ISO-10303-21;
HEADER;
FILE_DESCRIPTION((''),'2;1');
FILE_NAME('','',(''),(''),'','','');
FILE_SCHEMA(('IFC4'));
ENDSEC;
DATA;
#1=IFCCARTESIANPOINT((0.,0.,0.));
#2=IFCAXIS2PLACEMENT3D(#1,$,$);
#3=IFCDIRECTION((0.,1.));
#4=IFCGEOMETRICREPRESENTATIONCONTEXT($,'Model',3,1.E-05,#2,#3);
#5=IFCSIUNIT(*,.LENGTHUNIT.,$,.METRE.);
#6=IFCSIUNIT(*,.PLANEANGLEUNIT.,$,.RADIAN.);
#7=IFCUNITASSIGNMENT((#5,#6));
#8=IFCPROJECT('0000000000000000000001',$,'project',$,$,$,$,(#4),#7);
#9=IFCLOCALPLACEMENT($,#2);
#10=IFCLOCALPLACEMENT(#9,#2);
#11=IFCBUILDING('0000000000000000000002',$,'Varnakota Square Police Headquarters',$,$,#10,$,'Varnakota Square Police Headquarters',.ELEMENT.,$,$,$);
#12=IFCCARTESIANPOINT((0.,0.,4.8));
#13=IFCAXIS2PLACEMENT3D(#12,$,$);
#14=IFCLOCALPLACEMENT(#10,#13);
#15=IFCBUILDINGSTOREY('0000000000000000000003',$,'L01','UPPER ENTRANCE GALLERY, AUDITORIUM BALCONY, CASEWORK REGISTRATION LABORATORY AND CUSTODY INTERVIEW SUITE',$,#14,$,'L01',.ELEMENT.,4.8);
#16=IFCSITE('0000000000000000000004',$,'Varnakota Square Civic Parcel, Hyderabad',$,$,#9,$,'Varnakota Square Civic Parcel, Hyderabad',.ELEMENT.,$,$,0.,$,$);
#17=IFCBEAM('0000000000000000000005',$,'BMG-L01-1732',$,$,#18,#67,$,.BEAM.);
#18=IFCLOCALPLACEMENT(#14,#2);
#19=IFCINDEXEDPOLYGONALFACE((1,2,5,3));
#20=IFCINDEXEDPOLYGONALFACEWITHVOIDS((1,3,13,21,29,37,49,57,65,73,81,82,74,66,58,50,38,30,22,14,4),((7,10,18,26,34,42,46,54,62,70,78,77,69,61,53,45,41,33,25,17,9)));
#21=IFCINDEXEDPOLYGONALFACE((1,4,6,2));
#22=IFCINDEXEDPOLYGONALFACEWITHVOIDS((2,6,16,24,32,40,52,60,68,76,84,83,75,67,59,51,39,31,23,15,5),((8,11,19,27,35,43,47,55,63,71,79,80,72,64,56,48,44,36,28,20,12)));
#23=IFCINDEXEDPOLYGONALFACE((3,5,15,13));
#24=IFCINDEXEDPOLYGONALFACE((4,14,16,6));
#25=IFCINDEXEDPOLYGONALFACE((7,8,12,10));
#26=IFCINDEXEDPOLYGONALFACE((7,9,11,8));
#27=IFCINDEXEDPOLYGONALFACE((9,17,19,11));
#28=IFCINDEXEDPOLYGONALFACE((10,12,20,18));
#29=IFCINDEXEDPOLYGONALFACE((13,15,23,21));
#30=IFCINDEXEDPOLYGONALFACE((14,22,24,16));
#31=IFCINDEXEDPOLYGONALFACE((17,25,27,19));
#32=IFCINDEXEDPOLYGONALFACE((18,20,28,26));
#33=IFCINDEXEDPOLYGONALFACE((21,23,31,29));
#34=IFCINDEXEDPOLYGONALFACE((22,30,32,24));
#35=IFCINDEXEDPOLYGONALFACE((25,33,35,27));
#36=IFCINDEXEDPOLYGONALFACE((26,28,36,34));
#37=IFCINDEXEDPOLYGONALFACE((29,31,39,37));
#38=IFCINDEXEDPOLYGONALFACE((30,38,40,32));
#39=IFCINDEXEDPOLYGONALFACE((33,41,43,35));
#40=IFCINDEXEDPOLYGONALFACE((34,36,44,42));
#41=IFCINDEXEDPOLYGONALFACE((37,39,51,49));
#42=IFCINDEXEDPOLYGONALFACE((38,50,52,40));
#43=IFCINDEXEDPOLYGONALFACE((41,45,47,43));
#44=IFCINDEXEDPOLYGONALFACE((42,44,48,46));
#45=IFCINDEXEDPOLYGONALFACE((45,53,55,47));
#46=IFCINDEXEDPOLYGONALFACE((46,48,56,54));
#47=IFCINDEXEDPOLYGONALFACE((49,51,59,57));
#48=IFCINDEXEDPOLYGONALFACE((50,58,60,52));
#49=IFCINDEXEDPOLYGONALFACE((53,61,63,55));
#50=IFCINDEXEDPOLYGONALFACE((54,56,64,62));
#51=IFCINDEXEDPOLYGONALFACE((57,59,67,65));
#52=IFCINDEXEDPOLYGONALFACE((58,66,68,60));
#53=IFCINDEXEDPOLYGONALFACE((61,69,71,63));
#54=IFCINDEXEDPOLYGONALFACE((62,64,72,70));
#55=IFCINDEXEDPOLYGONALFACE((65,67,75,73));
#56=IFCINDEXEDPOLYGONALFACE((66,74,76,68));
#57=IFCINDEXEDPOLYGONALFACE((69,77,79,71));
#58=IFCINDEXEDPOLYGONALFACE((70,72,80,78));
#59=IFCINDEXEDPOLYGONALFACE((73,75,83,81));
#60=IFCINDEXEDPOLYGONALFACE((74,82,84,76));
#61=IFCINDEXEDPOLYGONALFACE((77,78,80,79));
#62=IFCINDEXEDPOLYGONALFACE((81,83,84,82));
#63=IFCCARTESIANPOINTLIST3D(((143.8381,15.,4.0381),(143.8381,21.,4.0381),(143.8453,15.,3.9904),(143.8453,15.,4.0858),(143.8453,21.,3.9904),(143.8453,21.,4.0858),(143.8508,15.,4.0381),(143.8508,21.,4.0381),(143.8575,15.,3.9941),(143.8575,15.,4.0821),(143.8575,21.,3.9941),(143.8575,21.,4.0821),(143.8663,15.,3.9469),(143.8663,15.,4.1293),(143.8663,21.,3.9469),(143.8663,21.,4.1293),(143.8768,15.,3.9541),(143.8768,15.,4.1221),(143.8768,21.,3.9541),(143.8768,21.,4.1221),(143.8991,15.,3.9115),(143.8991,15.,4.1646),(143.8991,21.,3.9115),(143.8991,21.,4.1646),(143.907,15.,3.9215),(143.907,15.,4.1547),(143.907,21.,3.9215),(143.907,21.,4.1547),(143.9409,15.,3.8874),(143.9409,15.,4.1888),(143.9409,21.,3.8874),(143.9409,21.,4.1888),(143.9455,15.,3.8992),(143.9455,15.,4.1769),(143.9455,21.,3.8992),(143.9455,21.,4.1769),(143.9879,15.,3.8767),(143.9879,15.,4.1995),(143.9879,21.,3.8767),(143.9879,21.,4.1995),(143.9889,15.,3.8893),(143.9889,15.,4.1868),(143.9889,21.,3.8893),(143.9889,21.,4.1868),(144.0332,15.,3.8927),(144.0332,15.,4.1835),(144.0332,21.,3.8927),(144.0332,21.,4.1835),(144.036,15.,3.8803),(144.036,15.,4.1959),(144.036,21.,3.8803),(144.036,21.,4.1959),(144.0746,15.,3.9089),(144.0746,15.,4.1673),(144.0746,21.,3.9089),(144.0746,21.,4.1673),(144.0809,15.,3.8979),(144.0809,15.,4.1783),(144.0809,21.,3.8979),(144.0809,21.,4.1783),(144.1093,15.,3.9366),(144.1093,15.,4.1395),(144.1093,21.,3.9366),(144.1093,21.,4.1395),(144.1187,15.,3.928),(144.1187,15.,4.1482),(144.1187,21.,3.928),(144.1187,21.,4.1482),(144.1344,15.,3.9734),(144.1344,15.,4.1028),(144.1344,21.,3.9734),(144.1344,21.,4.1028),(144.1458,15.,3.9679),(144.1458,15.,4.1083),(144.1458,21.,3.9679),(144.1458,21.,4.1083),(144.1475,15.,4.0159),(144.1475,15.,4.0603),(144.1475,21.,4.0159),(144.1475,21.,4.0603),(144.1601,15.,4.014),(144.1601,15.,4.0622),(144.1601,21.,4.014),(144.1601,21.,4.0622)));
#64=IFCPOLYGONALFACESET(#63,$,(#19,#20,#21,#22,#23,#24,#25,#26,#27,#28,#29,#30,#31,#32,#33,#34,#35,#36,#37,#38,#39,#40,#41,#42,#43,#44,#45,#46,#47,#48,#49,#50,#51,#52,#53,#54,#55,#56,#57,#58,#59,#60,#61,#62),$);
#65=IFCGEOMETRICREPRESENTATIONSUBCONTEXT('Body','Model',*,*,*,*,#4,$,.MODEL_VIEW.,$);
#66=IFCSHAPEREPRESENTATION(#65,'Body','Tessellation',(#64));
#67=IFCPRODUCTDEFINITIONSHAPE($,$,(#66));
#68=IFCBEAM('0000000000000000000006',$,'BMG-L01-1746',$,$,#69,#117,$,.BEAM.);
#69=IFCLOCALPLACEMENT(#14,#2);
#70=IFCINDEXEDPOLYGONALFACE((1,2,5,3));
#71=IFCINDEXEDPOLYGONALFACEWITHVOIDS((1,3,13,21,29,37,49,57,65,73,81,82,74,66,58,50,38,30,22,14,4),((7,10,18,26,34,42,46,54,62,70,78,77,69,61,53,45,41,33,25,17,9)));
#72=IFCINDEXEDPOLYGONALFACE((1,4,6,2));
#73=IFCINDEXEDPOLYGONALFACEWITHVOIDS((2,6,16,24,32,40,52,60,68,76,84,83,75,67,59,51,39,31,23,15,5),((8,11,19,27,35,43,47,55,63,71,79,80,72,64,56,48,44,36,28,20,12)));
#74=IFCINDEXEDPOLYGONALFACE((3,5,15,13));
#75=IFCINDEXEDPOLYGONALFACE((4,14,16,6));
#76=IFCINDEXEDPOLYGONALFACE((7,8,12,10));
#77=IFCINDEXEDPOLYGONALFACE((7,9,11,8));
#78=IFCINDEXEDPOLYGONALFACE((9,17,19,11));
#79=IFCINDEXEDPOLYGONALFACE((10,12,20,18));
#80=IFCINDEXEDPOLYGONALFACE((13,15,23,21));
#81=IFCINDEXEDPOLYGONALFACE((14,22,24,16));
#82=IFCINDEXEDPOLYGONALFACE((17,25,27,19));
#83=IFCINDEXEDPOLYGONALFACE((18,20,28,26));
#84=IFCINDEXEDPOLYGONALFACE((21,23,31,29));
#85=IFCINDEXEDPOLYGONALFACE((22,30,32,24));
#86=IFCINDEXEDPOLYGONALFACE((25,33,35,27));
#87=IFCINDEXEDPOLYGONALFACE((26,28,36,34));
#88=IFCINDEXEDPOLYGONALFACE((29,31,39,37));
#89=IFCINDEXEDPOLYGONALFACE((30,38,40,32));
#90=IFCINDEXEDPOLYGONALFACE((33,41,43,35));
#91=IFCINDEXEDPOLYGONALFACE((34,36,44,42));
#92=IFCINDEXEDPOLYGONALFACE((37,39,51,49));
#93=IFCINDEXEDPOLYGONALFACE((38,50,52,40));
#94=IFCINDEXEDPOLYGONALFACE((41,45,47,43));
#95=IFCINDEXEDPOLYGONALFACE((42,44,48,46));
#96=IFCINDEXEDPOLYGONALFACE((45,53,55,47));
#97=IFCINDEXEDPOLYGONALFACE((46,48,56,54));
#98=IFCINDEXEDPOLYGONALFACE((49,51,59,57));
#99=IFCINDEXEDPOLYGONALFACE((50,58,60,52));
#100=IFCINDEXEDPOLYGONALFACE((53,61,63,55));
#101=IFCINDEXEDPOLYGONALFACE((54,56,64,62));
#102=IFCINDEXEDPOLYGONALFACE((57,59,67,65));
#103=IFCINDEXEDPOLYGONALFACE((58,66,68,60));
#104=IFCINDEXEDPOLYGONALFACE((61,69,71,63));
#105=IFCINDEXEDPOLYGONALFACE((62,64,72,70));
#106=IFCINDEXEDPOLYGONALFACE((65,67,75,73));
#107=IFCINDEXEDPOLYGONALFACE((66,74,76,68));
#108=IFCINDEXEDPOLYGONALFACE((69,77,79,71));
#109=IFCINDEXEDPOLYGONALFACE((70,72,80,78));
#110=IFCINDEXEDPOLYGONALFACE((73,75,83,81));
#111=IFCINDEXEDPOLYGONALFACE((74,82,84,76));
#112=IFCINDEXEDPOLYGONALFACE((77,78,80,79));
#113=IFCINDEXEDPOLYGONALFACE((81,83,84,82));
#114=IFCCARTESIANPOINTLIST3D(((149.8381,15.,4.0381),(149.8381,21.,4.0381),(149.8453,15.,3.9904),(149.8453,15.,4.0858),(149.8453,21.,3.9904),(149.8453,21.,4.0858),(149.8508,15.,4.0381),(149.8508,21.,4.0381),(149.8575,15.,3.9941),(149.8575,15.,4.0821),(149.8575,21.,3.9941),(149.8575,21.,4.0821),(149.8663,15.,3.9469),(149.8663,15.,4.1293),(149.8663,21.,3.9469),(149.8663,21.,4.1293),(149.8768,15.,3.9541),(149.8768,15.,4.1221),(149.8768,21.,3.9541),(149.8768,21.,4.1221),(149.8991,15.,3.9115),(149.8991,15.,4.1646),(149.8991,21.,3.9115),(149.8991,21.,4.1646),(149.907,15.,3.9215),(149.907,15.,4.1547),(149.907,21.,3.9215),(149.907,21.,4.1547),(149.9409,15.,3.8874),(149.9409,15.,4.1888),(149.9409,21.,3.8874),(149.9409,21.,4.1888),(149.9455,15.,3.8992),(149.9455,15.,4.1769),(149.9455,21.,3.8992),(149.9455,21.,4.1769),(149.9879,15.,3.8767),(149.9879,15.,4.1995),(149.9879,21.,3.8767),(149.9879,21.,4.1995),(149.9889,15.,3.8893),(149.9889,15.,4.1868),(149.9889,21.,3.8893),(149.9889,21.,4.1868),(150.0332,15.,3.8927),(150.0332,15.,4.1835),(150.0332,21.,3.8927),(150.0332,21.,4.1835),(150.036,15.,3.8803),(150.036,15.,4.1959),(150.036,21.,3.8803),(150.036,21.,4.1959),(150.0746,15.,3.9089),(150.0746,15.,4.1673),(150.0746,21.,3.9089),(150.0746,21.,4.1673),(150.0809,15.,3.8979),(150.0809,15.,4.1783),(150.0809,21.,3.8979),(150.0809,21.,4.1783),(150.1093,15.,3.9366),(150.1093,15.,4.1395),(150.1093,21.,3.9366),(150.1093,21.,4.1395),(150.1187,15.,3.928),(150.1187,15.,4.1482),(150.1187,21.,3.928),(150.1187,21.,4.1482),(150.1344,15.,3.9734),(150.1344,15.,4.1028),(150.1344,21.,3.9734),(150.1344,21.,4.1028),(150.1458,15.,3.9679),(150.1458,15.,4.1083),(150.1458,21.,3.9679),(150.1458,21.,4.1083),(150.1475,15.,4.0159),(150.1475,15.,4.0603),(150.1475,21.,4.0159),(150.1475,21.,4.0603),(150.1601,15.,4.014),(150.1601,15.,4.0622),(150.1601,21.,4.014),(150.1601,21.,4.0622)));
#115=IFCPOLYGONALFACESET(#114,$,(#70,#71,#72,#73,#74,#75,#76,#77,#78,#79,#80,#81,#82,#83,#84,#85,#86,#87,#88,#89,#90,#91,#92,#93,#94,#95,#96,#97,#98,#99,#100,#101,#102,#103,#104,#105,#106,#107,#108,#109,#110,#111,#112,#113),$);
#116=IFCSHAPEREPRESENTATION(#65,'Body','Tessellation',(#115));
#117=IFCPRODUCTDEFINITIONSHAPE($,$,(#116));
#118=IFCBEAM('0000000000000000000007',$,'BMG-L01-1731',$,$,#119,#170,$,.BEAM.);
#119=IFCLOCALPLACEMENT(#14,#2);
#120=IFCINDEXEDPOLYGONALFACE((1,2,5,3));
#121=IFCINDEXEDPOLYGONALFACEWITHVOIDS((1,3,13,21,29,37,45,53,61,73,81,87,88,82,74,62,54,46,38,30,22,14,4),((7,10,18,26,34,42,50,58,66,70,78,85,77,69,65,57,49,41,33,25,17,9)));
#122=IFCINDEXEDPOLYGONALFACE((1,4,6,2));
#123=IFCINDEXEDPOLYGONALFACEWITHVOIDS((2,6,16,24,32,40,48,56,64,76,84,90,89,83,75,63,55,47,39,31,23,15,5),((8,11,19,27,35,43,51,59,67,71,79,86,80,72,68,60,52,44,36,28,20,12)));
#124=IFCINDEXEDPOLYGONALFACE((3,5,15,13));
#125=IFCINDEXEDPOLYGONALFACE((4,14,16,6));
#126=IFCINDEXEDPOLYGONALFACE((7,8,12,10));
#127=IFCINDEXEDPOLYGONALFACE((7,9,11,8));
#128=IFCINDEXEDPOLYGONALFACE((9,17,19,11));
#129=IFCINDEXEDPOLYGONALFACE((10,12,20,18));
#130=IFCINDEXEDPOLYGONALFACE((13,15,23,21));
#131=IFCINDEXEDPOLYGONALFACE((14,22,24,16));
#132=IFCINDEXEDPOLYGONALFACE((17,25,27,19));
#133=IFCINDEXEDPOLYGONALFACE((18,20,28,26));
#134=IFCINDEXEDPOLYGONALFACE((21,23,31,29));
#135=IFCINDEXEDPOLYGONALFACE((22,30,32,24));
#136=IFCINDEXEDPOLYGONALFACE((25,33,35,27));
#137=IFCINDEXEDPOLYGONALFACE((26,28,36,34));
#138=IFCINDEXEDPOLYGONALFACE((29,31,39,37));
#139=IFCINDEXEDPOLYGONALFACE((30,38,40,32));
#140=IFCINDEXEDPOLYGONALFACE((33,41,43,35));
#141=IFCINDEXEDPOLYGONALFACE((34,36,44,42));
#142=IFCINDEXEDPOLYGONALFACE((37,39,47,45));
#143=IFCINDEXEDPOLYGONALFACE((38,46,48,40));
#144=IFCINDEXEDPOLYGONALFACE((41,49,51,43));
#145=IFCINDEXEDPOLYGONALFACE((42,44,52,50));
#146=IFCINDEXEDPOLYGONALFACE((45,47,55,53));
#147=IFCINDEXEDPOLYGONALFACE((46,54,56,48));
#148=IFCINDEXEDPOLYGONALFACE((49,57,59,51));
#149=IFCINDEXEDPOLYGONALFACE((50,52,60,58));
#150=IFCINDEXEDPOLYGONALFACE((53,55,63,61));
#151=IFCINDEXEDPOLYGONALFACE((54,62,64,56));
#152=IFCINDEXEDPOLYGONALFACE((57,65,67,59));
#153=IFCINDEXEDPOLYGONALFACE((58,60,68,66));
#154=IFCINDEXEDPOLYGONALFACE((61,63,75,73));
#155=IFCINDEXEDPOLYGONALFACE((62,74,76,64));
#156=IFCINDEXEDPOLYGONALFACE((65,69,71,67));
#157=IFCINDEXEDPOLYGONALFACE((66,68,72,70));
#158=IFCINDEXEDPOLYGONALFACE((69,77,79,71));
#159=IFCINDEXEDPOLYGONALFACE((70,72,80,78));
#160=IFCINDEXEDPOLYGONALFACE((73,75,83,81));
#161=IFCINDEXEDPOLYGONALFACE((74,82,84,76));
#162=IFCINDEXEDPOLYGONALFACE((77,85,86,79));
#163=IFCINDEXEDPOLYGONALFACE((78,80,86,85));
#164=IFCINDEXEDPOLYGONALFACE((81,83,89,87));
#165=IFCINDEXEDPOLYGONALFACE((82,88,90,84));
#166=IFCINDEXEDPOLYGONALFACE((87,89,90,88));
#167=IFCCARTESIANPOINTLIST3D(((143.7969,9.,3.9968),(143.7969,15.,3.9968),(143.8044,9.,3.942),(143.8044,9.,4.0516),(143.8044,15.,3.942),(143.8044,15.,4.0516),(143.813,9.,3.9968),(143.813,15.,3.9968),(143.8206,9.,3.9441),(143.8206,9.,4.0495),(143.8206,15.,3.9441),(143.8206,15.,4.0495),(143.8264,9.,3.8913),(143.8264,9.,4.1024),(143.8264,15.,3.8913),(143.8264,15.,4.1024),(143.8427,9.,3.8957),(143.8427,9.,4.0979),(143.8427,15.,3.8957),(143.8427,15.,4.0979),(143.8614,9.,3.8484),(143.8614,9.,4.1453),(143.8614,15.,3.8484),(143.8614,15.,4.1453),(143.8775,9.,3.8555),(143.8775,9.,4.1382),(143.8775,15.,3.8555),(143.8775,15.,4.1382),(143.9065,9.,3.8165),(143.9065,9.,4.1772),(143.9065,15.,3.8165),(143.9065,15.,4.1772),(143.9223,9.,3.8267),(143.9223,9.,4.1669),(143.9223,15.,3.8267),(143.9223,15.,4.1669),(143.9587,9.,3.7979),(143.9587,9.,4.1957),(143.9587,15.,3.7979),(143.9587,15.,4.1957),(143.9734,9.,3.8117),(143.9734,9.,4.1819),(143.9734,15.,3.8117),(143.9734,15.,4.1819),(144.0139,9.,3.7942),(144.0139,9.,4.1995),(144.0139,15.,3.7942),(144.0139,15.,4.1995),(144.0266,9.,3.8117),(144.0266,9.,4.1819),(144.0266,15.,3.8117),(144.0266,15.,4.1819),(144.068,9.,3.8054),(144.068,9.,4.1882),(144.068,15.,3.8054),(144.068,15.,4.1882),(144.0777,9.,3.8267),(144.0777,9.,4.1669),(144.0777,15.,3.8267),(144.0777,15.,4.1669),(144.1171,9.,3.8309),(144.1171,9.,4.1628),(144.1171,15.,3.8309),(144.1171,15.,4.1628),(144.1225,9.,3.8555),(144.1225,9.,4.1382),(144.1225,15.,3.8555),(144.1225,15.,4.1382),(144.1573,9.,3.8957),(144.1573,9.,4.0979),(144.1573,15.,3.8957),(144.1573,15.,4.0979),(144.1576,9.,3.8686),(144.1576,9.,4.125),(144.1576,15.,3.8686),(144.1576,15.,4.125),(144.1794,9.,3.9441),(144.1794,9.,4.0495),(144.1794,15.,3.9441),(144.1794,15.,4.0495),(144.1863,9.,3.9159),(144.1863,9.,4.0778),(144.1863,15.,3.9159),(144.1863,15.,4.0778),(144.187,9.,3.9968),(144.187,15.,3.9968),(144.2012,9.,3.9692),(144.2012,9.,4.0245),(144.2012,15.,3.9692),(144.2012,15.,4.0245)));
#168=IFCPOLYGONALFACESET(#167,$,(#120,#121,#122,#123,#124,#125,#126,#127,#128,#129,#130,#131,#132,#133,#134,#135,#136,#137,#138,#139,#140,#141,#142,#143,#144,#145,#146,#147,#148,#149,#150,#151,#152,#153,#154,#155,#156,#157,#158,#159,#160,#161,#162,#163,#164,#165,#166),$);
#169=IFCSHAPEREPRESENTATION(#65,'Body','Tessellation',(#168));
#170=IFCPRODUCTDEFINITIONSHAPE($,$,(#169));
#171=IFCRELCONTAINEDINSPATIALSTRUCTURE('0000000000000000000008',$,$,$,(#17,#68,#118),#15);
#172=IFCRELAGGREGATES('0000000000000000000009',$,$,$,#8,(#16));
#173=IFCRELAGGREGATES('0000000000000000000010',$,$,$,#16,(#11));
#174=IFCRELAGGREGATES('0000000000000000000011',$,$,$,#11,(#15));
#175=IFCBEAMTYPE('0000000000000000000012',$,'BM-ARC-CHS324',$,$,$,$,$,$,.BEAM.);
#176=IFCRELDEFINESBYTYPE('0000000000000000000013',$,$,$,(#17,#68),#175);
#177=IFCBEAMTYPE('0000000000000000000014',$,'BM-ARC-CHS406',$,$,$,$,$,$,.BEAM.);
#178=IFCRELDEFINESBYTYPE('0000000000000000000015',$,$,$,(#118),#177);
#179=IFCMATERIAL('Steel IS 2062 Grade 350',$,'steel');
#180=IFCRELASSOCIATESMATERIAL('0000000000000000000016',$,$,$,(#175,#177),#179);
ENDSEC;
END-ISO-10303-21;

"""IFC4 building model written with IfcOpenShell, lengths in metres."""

from ifc_helpers import new_model, si_unit, direction, frame, origin, origin_2d, place, context, subcontext, project, spatial, hollow_circle, extrude, material, material_profile, profile_set, type_object, element, save


model = new_model("IFC4")

# Units and contexts
model_context = context("Model", 3, precision=1e-05, world=origin(), true_north=direction((0.0, 1.0)))
body_context = subcontext(model_context, "Body", "Model", "MODEL_VIEW")
ifc_project = project(units=[si_unit("LENGTHUNIT", "METRE"), si_unit("PLANEANGLEUNIT", "RADIAN")], contexts=[model_context])

# Site, building, storey
site_placement = place(None, origin())
site = spatial("IfcSite", under=ifc_project, at=site_placement, Name="Varnakota Square Civic Parcel, Hyderabad", LongName="Varnakota Square Civic Parcel, Hyderabad", CompositionType="ELEMENT", RefElevation=0.0)
building_placement = place(site_placement, origin())
building = spatial("IfcBuilding", under=site, at=building_placement, Name="Varnakota Square Police Headquarters", LongName="Varnakota Square Police Headquarters", CompositionType="ELEMENT")
storey_placement = place(building_placement, frame((0.0, 0.0, 4.8)))
storey = spatial("IfcBuildingStorey", under=building, at=storey_placement, Name="L01", Description="UPPER ENTRANCE GALLERY, AUDITORIUM BALCONY, CASEWORK REGISTRATION LABORATORY AND CUSTODY INTERVIEW SUITE", LongName="L01", CompositionType="ELEMENT", Elevation=4.8)

# Shared definitions
ifc_material_1 = material(Name="Steel IS 2062 Grade 350", Category="steel")

# Beams
ifc_material_profile_1 = material_profile(ifc_material_1, hollow_circle(Radius=0.1619, WallThickness=0.0127, at=origin_2d()), Name="CHS 323.9x12.7")
ifc_profile_set_1 = profile_set([ifc_material_profile_1], Name="Steel IS 2062 Grade 350")
beam_type_1 = type_object("IfcBeamType", Name="BM-ARC-CHS324", PredefinedType="BEAM", material=ifc_profile_set_1)
for number, where, z_axis, x_axis, name in (
    (1, (144.0, 15.0, 4.0381), (0.0, 1.0, 0.0), (-1.0, 0.0, 0.0), "BMG-L01-1732"),
    (2, (150.0, 15.0, 4.0381), (0.0, 1.0, 0.0), (-1.0, 0.0, 0.0), "BMG-L01-1746"),
):
    element("IfcBeam", number, at=place(storey_placement, frame(where, z_axis=z_axis, x_axis=x_axis)), inside=storey, type_object=beam_type_1, Name=name, PredefinedType="BEAM", context=body_context, shape_type="SweptSolid", body=[
        extrude(hollow_circle(Radius=0.1619, WallThickness=0.0127, at=origin_2d()), origin(), (0.0, 0.0, 1.0), 6.0),
    ])
ifc_material_profile_2 = material_profile(ifc_material_1, hollow_circle(Radius=0.2031, WallThickness=0.0161, at=origin_2d()), Name="CHS 406.4x16.0")
ifc_profile_set_2 = profile_set([ifc_material_profile_2], Name="Steel IS 2062 Grade 350")
beam_type_2 = type_object("IfcBeamType", Name="BM-ARC-CHS406", PredefinedType="BEAM", material=ifc_profile_set_2)
for number, where, z_axis, x_axis, name in (
    (3, (144.0, 9.0, 3.9968), (0.0, 1.0, 0.0), (-1.0, 0.0, 0.0), "BMG-L01-1731"),
):
    element("IfcBeam", number, at=place(storey_placement, frame(where, z_axis=z_axis, x_axis=x_axis)), inside=storey, type_object=beam_type_2, Name=name, PredefinedType="BEAM", context=body_context, shape_type="SweptSolid", body=[
        extrude(hollow_circle(Radius=0.2031, WallThickness=0.0161, at=origin_2d()), origin(), (0.0, 0.0, 1.0), 6.0),
    ])

save(model, "model.ifc")
